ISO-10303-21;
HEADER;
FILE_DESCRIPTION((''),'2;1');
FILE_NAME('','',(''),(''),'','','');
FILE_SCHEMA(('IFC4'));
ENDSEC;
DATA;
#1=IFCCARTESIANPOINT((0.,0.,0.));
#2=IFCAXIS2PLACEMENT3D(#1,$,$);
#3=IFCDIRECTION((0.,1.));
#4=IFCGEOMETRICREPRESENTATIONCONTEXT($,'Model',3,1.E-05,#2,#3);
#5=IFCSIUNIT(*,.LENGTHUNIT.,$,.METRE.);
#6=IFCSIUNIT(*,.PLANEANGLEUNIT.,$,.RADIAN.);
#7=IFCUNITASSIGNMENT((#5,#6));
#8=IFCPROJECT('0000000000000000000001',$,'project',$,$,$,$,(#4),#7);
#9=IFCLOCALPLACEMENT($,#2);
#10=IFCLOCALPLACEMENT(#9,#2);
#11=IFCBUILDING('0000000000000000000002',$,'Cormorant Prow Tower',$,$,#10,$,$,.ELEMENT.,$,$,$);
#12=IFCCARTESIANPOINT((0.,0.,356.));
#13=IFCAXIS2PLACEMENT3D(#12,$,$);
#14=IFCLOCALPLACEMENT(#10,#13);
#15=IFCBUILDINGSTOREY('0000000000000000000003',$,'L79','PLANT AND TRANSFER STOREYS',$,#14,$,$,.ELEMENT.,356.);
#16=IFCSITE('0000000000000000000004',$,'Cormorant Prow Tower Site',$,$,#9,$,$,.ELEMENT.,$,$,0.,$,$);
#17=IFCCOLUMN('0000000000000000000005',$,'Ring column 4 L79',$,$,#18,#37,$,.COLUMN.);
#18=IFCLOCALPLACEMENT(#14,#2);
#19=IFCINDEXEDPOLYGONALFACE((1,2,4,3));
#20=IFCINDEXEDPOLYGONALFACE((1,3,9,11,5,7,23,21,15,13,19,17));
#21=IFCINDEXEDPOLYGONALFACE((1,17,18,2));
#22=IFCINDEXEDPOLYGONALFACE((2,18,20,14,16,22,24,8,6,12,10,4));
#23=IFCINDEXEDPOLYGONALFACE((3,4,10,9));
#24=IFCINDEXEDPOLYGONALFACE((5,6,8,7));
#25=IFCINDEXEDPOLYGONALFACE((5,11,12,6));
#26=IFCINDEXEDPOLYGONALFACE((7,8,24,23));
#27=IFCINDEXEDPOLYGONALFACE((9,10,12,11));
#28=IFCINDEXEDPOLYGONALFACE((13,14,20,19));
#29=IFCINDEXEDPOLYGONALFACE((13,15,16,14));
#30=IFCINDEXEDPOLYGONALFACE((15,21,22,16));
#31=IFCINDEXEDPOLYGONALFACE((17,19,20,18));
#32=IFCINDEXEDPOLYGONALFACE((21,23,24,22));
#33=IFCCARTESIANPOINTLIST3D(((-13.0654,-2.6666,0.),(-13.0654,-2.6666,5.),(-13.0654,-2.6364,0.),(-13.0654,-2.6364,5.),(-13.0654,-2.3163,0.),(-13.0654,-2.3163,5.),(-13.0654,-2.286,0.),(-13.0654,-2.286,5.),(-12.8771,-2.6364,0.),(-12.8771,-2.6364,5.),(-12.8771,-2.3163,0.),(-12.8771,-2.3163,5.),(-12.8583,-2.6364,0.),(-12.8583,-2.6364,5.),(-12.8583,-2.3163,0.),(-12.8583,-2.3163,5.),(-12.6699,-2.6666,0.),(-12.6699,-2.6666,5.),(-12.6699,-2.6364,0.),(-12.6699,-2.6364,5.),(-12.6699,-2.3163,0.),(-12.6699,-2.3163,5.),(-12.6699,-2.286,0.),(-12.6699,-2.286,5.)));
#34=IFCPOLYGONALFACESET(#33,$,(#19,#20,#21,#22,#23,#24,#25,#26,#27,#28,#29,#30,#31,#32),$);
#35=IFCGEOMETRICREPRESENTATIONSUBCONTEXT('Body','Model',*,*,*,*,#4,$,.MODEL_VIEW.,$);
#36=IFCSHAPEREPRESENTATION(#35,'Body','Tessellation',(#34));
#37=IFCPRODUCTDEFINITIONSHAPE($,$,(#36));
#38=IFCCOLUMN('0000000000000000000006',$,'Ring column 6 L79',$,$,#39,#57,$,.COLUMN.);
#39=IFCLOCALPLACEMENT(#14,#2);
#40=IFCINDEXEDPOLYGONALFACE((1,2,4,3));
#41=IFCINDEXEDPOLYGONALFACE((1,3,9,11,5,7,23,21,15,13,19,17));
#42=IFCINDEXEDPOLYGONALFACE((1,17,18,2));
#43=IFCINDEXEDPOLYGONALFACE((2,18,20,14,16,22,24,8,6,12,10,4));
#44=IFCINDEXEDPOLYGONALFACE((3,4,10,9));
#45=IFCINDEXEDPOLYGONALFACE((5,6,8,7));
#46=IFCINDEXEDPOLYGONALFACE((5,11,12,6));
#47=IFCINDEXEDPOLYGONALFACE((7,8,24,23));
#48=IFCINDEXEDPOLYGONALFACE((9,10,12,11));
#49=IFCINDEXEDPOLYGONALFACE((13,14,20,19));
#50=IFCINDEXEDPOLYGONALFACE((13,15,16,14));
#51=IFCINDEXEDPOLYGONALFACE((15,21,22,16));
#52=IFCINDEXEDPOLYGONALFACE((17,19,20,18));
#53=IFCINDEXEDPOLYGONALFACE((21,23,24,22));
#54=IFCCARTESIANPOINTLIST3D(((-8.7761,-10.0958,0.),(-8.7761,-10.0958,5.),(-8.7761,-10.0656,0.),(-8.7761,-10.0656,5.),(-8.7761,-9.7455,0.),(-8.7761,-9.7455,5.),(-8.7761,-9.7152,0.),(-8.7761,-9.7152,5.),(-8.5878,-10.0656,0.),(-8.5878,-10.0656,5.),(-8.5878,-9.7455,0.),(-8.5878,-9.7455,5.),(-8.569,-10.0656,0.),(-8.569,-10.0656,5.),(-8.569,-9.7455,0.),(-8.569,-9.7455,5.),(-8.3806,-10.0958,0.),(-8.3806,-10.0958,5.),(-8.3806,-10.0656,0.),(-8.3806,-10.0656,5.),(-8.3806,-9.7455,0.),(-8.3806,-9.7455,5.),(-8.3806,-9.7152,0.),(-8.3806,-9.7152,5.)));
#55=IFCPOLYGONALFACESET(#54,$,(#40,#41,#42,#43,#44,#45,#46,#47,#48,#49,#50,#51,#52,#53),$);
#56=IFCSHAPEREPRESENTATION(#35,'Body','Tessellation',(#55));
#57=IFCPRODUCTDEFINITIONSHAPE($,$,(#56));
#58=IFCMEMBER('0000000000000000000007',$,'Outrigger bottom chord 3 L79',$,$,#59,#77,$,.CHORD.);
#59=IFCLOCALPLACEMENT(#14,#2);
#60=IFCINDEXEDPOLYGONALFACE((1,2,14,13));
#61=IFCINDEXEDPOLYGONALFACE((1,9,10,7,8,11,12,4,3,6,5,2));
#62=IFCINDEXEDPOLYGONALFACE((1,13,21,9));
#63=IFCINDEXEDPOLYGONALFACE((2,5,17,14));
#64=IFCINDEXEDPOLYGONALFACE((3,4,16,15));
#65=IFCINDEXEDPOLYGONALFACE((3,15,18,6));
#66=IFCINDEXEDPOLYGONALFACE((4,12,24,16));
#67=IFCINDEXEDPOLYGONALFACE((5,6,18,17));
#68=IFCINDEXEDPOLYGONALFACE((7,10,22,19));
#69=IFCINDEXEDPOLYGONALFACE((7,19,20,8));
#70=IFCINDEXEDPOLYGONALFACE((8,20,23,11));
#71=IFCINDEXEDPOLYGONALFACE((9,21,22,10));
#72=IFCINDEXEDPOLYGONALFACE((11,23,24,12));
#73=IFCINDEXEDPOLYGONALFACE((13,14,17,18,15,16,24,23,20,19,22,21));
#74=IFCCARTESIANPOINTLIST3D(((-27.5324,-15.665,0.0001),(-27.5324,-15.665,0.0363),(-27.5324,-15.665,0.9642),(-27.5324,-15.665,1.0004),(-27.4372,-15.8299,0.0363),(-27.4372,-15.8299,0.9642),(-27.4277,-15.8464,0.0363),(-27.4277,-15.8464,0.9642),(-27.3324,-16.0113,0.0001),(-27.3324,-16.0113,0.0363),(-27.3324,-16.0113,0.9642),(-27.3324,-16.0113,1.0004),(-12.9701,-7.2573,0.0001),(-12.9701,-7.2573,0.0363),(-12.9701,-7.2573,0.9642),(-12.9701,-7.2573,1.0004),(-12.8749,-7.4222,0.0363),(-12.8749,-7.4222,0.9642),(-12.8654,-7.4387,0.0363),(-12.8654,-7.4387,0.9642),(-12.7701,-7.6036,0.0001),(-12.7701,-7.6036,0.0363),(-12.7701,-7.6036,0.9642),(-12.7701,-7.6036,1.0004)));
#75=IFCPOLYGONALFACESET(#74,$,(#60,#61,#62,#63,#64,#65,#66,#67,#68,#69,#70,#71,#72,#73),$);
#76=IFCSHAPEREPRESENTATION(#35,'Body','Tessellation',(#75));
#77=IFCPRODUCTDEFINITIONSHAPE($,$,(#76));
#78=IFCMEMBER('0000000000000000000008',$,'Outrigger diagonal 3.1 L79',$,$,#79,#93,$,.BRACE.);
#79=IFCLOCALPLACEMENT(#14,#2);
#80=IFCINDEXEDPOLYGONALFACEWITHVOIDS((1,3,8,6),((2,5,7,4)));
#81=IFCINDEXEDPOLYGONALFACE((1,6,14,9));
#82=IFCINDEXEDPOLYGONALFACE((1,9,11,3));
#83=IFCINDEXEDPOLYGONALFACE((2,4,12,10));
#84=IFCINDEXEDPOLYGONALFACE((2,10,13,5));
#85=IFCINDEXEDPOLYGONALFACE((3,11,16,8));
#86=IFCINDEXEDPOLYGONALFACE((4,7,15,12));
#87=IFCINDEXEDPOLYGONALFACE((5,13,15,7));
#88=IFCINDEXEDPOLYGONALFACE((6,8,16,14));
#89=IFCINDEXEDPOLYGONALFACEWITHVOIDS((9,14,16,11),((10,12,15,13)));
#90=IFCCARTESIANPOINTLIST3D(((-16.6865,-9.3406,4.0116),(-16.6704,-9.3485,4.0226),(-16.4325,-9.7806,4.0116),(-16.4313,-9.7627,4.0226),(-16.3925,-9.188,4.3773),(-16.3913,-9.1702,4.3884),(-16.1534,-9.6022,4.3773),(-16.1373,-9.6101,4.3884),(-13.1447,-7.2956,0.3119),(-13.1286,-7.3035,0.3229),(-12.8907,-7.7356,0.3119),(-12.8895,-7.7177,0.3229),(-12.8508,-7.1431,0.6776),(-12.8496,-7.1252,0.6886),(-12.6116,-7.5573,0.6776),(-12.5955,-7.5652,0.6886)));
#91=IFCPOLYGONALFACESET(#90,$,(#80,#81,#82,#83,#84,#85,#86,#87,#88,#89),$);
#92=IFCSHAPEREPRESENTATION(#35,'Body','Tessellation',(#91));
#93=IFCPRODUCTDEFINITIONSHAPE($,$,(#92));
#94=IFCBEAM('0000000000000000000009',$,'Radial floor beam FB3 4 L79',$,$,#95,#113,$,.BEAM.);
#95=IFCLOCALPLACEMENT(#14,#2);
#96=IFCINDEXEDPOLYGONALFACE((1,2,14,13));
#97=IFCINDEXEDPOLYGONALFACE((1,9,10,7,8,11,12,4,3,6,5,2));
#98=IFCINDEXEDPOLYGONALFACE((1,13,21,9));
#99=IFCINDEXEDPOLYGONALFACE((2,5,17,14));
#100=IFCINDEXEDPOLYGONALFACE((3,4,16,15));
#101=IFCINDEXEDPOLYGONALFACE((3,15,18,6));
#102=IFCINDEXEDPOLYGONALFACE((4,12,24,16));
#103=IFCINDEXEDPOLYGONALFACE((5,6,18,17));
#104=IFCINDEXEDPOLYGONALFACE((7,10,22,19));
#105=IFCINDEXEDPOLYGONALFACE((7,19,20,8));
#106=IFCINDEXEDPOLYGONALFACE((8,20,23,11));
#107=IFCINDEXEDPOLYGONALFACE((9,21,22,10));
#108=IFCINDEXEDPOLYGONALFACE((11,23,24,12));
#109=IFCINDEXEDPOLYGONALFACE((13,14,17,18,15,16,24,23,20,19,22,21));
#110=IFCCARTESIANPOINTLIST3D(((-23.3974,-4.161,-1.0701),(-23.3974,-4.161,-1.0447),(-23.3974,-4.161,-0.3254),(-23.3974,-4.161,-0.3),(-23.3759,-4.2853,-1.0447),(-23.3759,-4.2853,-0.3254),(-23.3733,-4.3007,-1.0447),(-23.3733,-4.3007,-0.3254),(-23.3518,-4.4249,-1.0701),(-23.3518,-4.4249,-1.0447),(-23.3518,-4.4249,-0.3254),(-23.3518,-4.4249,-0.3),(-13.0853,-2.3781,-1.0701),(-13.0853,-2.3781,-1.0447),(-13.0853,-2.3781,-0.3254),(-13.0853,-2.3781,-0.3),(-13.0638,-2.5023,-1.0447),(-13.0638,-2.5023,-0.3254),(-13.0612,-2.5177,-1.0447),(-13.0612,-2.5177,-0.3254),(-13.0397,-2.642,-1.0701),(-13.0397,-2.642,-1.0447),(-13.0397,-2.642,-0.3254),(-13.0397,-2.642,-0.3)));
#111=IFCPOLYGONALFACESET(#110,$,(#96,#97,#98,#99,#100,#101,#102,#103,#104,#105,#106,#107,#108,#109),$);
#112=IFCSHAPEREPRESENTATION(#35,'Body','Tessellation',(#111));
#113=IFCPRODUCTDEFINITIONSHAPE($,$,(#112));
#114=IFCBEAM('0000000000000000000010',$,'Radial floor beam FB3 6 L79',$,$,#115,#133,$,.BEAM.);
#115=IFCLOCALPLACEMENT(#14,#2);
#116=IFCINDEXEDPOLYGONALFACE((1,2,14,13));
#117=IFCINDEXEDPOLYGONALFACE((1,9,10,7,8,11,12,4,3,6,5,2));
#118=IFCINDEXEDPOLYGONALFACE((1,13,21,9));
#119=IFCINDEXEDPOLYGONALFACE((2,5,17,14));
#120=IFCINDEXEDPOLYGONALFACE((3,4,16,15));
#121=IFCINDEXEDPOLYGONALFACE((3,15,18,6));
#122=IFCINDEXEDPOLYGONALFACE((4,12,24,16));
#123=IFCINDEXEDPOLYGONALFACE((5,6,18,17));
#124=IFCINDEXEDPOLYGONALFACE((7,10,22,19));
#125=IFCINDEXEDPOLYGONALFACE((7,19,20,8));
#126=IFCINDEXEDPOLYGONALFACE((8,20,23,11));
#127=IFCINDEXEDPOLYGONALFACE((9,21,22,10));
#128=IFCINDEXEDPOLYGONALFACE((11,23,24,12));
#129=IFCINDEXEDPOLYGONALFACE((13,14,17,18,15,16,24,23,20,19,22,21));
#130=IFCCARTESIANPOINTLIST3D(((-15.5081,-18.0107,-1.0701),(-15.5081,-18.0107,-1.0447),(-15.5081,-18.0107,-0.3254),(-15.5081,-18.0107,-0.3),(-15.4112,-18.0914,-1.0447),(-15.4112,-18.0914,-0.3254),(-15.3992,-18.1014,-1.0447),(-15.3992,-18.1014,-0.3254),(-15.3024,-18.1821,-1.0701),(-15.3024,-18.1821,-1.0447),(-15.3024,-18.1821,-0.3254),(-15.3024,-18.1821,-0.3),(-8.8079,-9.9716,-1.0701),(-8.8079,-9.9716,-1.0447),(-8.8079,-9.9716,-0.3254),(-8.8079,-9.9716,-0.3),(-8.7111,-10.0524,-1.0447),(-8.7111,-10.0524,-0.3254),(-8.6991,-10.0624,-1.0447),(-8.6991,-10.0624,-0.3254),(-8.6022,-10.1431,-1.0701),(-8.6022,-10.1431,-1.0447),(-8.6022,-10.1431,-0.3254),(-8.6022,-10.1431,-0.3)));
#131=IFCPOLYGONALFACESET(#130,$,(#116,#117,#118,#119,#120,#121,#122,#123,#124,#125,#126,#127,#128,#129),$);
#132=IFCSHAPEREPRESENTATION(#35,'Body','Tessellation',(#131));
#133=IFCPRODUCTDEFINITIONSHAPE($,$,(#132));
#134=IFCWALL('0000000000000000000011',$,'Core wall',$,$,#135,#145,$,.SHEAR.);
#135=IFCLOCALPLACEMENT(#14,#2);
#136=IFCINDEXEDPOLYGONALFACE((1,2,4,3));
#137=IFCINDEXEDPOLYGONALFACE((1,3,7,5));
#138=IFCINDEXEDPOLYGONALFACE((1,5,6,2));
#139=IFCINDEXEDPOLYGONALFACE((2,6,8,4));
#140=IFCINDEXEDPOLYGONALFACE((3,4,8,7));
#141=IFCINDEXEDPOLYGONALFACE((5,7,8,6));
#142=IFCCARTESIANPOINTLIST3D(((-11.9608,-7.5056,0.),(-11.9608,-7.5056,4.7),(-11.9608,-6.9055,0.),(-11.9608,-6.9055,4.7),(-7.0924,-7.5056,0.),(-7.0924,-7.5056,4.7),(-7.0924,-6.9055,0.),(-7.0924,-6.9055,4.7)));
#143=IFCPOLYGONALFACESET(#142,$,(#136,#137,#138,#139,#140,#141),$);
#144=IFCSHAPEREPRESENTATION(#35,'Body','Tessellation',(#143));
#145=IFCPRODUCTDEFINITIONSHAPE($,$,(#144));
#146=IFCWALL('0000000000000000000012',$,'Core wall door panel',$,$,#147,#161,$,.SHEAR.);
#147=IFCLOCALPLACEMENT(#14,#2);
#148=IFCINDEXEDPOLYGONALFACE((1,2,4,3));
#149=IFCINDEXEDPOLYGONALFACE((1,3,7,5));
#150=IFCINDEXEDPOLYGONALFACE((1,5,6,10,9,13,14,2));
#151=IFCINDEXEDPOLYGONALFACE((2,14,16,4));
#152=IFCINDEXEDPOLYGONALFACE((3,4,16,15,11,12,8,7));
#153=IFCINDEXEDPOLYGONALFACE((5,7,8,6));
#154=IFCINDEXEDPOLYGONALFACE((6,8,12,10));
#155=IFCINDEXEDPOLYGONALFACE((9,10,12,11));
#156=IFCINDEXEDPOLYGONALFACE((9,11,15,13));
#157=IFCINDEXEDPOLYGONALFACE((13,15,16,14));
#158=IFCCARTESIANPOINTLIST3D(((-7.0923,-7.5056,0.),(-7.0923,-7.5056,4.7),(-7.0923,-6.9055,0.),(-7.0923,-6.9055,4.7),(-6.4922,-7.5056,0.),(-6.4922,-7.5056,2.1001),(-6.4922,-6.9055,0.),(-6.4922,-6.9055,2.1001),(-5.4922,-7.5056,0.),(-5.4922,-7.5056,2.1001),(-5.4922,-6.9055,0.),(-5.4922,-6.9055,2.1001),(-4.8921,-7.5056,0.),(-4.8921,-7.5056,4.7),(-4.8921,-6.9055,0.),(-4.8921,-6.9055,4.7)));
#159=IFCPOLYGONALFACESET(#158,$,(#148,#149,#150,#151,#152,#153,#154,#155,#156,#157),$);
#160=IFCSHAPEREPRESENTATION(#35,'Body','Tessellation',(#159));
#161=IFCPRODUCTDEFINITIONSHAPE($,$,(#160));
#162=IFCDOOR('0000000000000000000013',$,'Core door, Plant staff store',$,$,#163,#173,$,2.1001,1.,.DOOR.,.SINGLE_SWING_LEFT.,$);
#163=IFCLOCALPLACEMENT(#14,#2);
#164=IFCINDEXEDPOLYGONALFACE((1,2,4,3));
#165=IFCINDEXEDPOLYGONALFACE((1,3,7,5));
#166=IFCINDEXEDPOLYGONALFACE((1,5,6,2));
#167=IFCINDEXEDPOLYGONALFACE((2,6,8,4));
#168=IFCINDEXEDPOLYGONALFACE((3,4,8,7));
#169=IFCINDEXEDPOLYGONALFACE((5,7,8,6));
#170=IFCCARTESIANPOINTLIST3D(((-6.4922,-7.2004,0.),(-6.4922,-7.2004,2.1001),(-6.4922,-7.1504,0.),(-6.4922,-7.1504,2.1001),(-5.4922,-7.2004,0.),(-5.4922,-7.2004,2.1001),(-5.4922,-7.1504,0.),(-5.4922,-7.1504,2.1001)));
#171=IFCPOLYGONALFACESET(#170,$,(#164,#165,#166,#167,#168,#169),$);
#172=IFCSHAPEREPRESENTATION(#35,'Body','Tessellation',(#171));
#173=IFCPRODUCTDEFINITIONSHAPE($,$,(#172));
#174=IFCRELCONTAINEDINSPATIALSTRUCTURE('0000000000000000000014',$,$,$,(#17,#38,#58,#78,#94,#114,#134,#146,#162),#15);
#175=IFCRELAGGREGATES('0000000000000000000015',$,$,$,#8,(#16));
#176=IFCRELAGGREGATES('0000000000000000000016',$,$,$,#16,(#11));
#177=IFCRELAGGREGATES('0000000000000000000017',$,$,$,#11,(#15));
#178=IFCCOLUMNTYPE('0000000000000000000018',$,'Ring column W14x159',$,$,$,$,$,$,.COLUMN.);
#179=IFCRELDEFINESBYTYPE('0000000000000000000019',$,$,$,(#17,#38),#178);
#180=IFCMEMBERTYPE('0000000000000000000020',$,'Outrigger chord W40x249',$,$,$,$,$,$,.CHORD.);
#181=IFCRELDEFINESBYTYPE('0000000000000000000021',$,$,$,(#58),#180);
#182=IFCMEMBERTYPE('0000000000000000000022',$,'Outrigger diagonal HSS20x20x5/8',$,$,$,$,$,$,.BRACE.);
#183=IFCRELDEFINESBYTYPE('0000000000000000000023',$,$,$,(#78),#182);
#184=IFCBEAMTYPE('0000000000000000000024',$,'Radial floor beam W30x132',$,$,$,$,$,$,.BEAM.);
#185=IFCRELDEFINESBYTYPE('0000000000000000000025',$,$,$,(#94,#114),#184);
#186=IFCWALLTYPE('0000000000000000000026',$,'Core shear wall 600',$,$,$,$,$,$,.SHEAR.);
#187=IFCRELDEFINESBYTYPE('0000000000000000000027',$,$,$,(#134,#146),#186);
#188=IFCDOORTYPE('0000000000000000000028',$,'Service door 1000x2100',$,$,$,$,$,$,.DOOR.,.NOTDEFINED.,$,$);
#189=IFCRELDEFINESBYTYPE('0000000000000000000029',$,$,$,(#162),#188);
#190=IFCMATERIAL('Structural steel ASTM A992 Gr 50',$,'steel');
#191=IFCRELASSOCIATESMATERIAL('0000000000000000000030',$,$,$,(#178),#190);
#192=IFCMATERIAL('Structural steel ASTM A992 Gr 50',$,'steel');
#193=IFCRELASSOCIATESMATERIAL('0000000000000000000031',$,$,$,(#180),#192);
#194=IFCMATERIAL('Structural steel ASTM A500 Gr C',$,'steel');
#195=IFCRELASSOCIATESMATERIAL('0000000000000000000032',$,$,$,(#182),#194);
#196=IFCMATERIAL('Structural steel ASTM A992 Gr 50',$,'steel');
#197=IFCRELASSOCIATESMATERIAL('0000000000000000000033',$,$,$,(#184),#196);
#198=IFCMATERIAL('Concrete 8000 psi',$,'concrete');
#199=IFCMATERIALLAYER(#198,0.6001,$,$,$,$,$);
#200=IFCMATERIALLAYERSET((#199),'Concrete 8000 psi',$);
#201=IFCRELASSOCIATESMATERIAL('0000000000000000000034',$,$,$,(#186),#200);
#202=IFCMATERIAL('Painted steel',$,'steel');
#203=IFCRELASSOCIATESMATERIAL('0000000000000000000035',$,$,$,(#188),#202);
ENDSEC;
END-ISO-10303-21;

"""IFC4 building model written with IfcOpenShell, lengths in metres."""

from ifc_helpers import new_model, si_unit, direction, frame, frame_2d, origin, origin_2d, place, context, subcontext, project, spatial, rectangle, hollow_rectangle, i_section, extrude, material, layer, layer_set, material_profile, profile_set, type_object, element, fill, save


model = new_model("IFC4")

# Units and contexts
model_context = context("Model", 3, precision=1e-05, world=origin(), true_north=direction((0.0, 1.0)))
body_context = subcontext(model_context, "Body", "Model", "MODEL_VIEW")
ifc_project = project(units=[si_unit("LENGTHUNIT", "METRE"), si_unit("PLANEANGLEUNIT", "RADIAN")], contexts=[model_context])

# Site, building, storey
site_placement = place(None, origin())
site = spatial("IfcSite", under=ifc_project, at=site_placement, Name="Cormorant Prow Tower Site", CompositionType="ELEMENT", RefElevation=0.0)
building_placement = place(site_placement, origin())
building = spatial("IfcBuilding", under=site, at=building_placement, Name="Cormorant Prow Tower", CompositionType="ELEMENT")
storey_placement = place(building_placement, frame((0.0, 0.0, 356.0)))
storey = spatial("IfcBuildingStorey", under=building, at=storey_placement, Name="L79", Description="PLANT AND TRANSFER STOREYS", CompositionType="ELEMENT", Elevation=356.0)

# Columns
ifc_material_1 = material(Name="Structural steel ASTM A992 Gr 50", Category="steel")
ifc_material_profile_1 = material_profile(ifc_material_1, i_section(OverallWidth=0.3955, OverallDepth=0.3806, WebThickness=0.0188, FlangeThickness=0.0303, at=origin_2d()), Name="W14x159")
ifc_profile_set_1 = profile_set([ifc_material_profile_1], Name="Structural steel ASTM A992 Gr 50")
column_type = type_object("IfcColumnType", Name="Ring column W14x159", PredefinedType="COLUMN", material=ifc_profile_set_1)
for number, where, z_axis, x_axis, name in (
    (1, (-12.8677, -2.4763, 0.0), (0.0, 0.0, 1.0), (1.0, 0.0, 0.0), "Ring column 4 L79"),
    (2, (-8.5784, -9.9055, 0.0), (0.0, 0.0, 1.0), (1.0, 0.0, 0.0), "Ring column 6 L79"),
):
    element("IfcColumn", number, at=place(storey_placement, frame(where, z_axis=z_axis, x_axis=x_axis)), inside=storey, type_object=column_type, Name=name, PredefinedType="COLUMN", context=body_context, shape_type="SweptSolid", body=[
        extrude(i_section(OverallWidth=0.3955, OverallDepth=0.3806, WebThickness=0.0188, FlangeThickness=0.0303, at=origin_2d()), origin(), (0.0, 0.0, 1.0), 5.0),
    ])

# Members
ifc_material_2 = material(Name="Structural steel ASTM A992 Gr 50", Category="steel")
ifc_material_profile_2 = material_profile(ifc_material_2, i_section(OverallWidth=0.3999, OverallDepth=1.0002, WebThickness=0.019, FlangeThickness=0.0361, at=origin_2d()), Name="W40x249")
ifc_profile_set_2 = profile_set([ifc_material_profile_2], Name="Structural steel ASTM A992 Gr 50")
member_type_1 = type_object("IfcMemberType", Name="Outrigger chord W40x249", PredefinedType="CHORD", material=ifc_profile_set_2)
member_1_placement = place(storey_placement, frame((-12.8701, -7.4304, 0.5002), z_axis=(-0.86602, -0.500009, 0.0), x_axis=(0.500009, -0.86602, 0.0)))
element("IfcMember", 3, at=member_1_placement, inside=storey, type_object=member_type_1, Name="Outrigger bottom chord 3 L79", PredefinedType="CHORD", context=body_context, shape_type="SweptSolid", body=[
    extrude(i_section(OverallWidth=0.3999, OverallDepth=1.0002, WebThickness=0.019, FlangeThickness=0.0361, at=origin_2d()), origin(), (0.0, 0.0, 1.0), 16.8152),
])
ifc_material_3 = material(Name="Structural steel ASTM A500 Gr C", Category="steel")
ifc_material_profile_3 = material_profile(ifc_material_3, hollow_rectangle(XDim=0.5081, YDim=0.5081, WallThickness=0.0149, at=origin_2d()), Name="HSS20x20x5/8")
ifc_profile_set_3 = profile_set([ifc_material_profile_3], Name="Structural steel ASTM A500 Gr C")
member_type_2 = type_object("IfcMemberType", Name="Outrigger diagonal HSS20x20x5/8", PredefinedType="BRACE", material=ifc_profile_set_3)
member_2_placement = place(storey_placement, frame((-12.8701, -7.4304, 0.5002), z_axis=(-0.642221, -0.370803, 0.670863), x_axis=(0.500017, -0.866016, 0.0)))
element("IfcMember", 4, at=member_2_placement, inside=storey, type_object=member_type_2, Name="Outrigger diagonal 3.1 L79", PredefinedType="BRACE", context=body_context, shape_type="SweptSolid", body=[
    extrude(hollow_rectangle(XDim=0.5081, YDim=0.5081, WallThickness=0.0149, at=origin_2d()), origin(), (0.0, 0.0, 1.0), 5.5149),
])

# Beams
ifc_material_4 = material(Name="Structural steel ASTM A992 Gr 50", Category="steel")
ifc_material_profile_4 = material_profile(ifc_material_4, i_section(OverallWidth=0.2678, OverallDepth=0.77, WebThickness=0.0156, FlangeThickness=0.0254, at=origin_2d()), Name="W30x132")
ifc_profile_set_4 = profile_set([ifc_material_profile_4], Name="Structural steel ASTM A992 Gr 50")
beam_type = type_object("IfcBeamType", Name="Radial floor beam W30x132", PredefinedType="BEAM", material=ifc_profile_set_4)
for number, where, z_axis, x_axis, name in (
    (5, (-13.0625, -2.51, -0.6851), (-0.98538, -0.170373, 0.0), (0.170373, -0.98538, 0.0), "Radial floor beam FB3 4 L79"),
    (6, (-8.7051, -10.0574, -0.6851), (-0.640239, -0.768175, 0.0), (0.768175, -0.640239, 0.0), "Radial floor beam FB3 6 L79"),
):
    element("IfcBeam", number, at=place(storey_placement, frame(where, z_axis=z_axis, x_axis=x_axis)), inside=storey, type_object=beam_type, Name=name, PredefinedType="BEAM", context=body_context, shape_type="SweptSolid", body=[
        extrude(i_section(OverallWidth=0.2678, OverallDepth=0.77, WebThickness=0.0156, FlangeThickness=0.0254, at=origin_2d()), origin(), (0.0, 0.0, 1.0), 10.4651),
    ])

# Wall
ifc_material_5 = material(Name="Concrete 8000 psi", Category="concrete")
ifc_layer_1 = layer(ifc_material_5, 0.6001)
ifc_layer_set_1 = layer_set([ifc_layer_1], Name="Concrete 8000 psi")
wall_type_1 = type_object("IfcWallType", Name="Core shear wall 600", PredefinedType="SHEAR", material=ifc_layer_set_1)
wall_1_placement = place(storey_placement, frame((-11.9607, -7.2056, 0.0), z_axis=(0.0, 0.0, 1.0), x_axis=(1.0, 0.0, 0.0)))
element("IfcWall", 7, at=wall_1_placement, inside=storey, type_object=wall_type_1, Name="Core wall", PredefinedType="SHEAR", context=body_context, shape_type="SweptSolid", body=[
    extrude(rectangle(XDim=4.8684, YDim=0.6001, at=frame_2d((2.4341, 0.0))), origin(), (0.0, 0.0, 1.0), 4.7),
])

# Wall, opening, door
wall_2_placement = place(storey_placement, frame((-7.0923, -7.2056, 0.0), z_axis=(0.0, 0.0, 1.0), x_axis=(1.0, 0.0, 0.0)))
wall_2 = element("IfcWall", 8, at=wall_2_placement, inside=storey, type_object=wall_type_1, Name="Core wall door panel", PredefinedType="SHEAR", context=body_context, shape_type="SweptSolid", body=[
    extrude(rectangle(XDim=2.2002, YDim=0.6001, at=frame_2d((1.1001, 0.0))), origin(), (0.0, 0.0, 1.0), 4.7),
])
opening_1_placement = place(wall_2_placement, frame((0.6001, 0.0, 0.0)))
opening_1 = element("IfcOpeningElement", 9, at=opening_1_placement, cuts=wall_2, PredefinedType="OPENING", context=body_context, shape_type="SweptSolid", body=[
    extrude(rectangle(XDim=1.0, YDim=2.1001, at=frame_2d((0.5, 1.05))), frame((0.0, 0.3101, 0.0), z_axis=(0.0, -1.0, 0.0), x_axis=(1.0, 0.0, 0.0)), (0.0, 0.0, 1.0), 0.6201),
])
ifc_material_6 = material(Name="Painted steel", Category="steel")
door_type_1 = type_object("IfcDoorType", Name="Service door 1000x2100", OperationType="NOTDEFINED", PredefinedType="DOOR", material=ifc_material_6)
door_1_placement = place(opening_1_placement, origin())
door_1 = element("IfcDoor", 10, at=door_1_placement, inside=storey, type_object=door_type_1, Name="Core door, Plant staff store", OperationType="SINGLE_SWING_LEFT", OverallHeight=2.1001, OverallWidth=1.0, PredefinedType="DOOR", context=body_context, shape_type="SweptSolid", body=[
    extrude(rectangle(XDim=1.0, YDim=2.1001, at=frame_2d((0.5, 1.05))), frame((0.0, 0.0552, 0.0), z_axis=(0.0, -1.0, 0.0), x_axis=(1.0, 0.0, 0.0)), (0.0, 0.0, 1.0), 0.05),
])
fill(opening_1, door_1)

save(model, "model.ifc")
